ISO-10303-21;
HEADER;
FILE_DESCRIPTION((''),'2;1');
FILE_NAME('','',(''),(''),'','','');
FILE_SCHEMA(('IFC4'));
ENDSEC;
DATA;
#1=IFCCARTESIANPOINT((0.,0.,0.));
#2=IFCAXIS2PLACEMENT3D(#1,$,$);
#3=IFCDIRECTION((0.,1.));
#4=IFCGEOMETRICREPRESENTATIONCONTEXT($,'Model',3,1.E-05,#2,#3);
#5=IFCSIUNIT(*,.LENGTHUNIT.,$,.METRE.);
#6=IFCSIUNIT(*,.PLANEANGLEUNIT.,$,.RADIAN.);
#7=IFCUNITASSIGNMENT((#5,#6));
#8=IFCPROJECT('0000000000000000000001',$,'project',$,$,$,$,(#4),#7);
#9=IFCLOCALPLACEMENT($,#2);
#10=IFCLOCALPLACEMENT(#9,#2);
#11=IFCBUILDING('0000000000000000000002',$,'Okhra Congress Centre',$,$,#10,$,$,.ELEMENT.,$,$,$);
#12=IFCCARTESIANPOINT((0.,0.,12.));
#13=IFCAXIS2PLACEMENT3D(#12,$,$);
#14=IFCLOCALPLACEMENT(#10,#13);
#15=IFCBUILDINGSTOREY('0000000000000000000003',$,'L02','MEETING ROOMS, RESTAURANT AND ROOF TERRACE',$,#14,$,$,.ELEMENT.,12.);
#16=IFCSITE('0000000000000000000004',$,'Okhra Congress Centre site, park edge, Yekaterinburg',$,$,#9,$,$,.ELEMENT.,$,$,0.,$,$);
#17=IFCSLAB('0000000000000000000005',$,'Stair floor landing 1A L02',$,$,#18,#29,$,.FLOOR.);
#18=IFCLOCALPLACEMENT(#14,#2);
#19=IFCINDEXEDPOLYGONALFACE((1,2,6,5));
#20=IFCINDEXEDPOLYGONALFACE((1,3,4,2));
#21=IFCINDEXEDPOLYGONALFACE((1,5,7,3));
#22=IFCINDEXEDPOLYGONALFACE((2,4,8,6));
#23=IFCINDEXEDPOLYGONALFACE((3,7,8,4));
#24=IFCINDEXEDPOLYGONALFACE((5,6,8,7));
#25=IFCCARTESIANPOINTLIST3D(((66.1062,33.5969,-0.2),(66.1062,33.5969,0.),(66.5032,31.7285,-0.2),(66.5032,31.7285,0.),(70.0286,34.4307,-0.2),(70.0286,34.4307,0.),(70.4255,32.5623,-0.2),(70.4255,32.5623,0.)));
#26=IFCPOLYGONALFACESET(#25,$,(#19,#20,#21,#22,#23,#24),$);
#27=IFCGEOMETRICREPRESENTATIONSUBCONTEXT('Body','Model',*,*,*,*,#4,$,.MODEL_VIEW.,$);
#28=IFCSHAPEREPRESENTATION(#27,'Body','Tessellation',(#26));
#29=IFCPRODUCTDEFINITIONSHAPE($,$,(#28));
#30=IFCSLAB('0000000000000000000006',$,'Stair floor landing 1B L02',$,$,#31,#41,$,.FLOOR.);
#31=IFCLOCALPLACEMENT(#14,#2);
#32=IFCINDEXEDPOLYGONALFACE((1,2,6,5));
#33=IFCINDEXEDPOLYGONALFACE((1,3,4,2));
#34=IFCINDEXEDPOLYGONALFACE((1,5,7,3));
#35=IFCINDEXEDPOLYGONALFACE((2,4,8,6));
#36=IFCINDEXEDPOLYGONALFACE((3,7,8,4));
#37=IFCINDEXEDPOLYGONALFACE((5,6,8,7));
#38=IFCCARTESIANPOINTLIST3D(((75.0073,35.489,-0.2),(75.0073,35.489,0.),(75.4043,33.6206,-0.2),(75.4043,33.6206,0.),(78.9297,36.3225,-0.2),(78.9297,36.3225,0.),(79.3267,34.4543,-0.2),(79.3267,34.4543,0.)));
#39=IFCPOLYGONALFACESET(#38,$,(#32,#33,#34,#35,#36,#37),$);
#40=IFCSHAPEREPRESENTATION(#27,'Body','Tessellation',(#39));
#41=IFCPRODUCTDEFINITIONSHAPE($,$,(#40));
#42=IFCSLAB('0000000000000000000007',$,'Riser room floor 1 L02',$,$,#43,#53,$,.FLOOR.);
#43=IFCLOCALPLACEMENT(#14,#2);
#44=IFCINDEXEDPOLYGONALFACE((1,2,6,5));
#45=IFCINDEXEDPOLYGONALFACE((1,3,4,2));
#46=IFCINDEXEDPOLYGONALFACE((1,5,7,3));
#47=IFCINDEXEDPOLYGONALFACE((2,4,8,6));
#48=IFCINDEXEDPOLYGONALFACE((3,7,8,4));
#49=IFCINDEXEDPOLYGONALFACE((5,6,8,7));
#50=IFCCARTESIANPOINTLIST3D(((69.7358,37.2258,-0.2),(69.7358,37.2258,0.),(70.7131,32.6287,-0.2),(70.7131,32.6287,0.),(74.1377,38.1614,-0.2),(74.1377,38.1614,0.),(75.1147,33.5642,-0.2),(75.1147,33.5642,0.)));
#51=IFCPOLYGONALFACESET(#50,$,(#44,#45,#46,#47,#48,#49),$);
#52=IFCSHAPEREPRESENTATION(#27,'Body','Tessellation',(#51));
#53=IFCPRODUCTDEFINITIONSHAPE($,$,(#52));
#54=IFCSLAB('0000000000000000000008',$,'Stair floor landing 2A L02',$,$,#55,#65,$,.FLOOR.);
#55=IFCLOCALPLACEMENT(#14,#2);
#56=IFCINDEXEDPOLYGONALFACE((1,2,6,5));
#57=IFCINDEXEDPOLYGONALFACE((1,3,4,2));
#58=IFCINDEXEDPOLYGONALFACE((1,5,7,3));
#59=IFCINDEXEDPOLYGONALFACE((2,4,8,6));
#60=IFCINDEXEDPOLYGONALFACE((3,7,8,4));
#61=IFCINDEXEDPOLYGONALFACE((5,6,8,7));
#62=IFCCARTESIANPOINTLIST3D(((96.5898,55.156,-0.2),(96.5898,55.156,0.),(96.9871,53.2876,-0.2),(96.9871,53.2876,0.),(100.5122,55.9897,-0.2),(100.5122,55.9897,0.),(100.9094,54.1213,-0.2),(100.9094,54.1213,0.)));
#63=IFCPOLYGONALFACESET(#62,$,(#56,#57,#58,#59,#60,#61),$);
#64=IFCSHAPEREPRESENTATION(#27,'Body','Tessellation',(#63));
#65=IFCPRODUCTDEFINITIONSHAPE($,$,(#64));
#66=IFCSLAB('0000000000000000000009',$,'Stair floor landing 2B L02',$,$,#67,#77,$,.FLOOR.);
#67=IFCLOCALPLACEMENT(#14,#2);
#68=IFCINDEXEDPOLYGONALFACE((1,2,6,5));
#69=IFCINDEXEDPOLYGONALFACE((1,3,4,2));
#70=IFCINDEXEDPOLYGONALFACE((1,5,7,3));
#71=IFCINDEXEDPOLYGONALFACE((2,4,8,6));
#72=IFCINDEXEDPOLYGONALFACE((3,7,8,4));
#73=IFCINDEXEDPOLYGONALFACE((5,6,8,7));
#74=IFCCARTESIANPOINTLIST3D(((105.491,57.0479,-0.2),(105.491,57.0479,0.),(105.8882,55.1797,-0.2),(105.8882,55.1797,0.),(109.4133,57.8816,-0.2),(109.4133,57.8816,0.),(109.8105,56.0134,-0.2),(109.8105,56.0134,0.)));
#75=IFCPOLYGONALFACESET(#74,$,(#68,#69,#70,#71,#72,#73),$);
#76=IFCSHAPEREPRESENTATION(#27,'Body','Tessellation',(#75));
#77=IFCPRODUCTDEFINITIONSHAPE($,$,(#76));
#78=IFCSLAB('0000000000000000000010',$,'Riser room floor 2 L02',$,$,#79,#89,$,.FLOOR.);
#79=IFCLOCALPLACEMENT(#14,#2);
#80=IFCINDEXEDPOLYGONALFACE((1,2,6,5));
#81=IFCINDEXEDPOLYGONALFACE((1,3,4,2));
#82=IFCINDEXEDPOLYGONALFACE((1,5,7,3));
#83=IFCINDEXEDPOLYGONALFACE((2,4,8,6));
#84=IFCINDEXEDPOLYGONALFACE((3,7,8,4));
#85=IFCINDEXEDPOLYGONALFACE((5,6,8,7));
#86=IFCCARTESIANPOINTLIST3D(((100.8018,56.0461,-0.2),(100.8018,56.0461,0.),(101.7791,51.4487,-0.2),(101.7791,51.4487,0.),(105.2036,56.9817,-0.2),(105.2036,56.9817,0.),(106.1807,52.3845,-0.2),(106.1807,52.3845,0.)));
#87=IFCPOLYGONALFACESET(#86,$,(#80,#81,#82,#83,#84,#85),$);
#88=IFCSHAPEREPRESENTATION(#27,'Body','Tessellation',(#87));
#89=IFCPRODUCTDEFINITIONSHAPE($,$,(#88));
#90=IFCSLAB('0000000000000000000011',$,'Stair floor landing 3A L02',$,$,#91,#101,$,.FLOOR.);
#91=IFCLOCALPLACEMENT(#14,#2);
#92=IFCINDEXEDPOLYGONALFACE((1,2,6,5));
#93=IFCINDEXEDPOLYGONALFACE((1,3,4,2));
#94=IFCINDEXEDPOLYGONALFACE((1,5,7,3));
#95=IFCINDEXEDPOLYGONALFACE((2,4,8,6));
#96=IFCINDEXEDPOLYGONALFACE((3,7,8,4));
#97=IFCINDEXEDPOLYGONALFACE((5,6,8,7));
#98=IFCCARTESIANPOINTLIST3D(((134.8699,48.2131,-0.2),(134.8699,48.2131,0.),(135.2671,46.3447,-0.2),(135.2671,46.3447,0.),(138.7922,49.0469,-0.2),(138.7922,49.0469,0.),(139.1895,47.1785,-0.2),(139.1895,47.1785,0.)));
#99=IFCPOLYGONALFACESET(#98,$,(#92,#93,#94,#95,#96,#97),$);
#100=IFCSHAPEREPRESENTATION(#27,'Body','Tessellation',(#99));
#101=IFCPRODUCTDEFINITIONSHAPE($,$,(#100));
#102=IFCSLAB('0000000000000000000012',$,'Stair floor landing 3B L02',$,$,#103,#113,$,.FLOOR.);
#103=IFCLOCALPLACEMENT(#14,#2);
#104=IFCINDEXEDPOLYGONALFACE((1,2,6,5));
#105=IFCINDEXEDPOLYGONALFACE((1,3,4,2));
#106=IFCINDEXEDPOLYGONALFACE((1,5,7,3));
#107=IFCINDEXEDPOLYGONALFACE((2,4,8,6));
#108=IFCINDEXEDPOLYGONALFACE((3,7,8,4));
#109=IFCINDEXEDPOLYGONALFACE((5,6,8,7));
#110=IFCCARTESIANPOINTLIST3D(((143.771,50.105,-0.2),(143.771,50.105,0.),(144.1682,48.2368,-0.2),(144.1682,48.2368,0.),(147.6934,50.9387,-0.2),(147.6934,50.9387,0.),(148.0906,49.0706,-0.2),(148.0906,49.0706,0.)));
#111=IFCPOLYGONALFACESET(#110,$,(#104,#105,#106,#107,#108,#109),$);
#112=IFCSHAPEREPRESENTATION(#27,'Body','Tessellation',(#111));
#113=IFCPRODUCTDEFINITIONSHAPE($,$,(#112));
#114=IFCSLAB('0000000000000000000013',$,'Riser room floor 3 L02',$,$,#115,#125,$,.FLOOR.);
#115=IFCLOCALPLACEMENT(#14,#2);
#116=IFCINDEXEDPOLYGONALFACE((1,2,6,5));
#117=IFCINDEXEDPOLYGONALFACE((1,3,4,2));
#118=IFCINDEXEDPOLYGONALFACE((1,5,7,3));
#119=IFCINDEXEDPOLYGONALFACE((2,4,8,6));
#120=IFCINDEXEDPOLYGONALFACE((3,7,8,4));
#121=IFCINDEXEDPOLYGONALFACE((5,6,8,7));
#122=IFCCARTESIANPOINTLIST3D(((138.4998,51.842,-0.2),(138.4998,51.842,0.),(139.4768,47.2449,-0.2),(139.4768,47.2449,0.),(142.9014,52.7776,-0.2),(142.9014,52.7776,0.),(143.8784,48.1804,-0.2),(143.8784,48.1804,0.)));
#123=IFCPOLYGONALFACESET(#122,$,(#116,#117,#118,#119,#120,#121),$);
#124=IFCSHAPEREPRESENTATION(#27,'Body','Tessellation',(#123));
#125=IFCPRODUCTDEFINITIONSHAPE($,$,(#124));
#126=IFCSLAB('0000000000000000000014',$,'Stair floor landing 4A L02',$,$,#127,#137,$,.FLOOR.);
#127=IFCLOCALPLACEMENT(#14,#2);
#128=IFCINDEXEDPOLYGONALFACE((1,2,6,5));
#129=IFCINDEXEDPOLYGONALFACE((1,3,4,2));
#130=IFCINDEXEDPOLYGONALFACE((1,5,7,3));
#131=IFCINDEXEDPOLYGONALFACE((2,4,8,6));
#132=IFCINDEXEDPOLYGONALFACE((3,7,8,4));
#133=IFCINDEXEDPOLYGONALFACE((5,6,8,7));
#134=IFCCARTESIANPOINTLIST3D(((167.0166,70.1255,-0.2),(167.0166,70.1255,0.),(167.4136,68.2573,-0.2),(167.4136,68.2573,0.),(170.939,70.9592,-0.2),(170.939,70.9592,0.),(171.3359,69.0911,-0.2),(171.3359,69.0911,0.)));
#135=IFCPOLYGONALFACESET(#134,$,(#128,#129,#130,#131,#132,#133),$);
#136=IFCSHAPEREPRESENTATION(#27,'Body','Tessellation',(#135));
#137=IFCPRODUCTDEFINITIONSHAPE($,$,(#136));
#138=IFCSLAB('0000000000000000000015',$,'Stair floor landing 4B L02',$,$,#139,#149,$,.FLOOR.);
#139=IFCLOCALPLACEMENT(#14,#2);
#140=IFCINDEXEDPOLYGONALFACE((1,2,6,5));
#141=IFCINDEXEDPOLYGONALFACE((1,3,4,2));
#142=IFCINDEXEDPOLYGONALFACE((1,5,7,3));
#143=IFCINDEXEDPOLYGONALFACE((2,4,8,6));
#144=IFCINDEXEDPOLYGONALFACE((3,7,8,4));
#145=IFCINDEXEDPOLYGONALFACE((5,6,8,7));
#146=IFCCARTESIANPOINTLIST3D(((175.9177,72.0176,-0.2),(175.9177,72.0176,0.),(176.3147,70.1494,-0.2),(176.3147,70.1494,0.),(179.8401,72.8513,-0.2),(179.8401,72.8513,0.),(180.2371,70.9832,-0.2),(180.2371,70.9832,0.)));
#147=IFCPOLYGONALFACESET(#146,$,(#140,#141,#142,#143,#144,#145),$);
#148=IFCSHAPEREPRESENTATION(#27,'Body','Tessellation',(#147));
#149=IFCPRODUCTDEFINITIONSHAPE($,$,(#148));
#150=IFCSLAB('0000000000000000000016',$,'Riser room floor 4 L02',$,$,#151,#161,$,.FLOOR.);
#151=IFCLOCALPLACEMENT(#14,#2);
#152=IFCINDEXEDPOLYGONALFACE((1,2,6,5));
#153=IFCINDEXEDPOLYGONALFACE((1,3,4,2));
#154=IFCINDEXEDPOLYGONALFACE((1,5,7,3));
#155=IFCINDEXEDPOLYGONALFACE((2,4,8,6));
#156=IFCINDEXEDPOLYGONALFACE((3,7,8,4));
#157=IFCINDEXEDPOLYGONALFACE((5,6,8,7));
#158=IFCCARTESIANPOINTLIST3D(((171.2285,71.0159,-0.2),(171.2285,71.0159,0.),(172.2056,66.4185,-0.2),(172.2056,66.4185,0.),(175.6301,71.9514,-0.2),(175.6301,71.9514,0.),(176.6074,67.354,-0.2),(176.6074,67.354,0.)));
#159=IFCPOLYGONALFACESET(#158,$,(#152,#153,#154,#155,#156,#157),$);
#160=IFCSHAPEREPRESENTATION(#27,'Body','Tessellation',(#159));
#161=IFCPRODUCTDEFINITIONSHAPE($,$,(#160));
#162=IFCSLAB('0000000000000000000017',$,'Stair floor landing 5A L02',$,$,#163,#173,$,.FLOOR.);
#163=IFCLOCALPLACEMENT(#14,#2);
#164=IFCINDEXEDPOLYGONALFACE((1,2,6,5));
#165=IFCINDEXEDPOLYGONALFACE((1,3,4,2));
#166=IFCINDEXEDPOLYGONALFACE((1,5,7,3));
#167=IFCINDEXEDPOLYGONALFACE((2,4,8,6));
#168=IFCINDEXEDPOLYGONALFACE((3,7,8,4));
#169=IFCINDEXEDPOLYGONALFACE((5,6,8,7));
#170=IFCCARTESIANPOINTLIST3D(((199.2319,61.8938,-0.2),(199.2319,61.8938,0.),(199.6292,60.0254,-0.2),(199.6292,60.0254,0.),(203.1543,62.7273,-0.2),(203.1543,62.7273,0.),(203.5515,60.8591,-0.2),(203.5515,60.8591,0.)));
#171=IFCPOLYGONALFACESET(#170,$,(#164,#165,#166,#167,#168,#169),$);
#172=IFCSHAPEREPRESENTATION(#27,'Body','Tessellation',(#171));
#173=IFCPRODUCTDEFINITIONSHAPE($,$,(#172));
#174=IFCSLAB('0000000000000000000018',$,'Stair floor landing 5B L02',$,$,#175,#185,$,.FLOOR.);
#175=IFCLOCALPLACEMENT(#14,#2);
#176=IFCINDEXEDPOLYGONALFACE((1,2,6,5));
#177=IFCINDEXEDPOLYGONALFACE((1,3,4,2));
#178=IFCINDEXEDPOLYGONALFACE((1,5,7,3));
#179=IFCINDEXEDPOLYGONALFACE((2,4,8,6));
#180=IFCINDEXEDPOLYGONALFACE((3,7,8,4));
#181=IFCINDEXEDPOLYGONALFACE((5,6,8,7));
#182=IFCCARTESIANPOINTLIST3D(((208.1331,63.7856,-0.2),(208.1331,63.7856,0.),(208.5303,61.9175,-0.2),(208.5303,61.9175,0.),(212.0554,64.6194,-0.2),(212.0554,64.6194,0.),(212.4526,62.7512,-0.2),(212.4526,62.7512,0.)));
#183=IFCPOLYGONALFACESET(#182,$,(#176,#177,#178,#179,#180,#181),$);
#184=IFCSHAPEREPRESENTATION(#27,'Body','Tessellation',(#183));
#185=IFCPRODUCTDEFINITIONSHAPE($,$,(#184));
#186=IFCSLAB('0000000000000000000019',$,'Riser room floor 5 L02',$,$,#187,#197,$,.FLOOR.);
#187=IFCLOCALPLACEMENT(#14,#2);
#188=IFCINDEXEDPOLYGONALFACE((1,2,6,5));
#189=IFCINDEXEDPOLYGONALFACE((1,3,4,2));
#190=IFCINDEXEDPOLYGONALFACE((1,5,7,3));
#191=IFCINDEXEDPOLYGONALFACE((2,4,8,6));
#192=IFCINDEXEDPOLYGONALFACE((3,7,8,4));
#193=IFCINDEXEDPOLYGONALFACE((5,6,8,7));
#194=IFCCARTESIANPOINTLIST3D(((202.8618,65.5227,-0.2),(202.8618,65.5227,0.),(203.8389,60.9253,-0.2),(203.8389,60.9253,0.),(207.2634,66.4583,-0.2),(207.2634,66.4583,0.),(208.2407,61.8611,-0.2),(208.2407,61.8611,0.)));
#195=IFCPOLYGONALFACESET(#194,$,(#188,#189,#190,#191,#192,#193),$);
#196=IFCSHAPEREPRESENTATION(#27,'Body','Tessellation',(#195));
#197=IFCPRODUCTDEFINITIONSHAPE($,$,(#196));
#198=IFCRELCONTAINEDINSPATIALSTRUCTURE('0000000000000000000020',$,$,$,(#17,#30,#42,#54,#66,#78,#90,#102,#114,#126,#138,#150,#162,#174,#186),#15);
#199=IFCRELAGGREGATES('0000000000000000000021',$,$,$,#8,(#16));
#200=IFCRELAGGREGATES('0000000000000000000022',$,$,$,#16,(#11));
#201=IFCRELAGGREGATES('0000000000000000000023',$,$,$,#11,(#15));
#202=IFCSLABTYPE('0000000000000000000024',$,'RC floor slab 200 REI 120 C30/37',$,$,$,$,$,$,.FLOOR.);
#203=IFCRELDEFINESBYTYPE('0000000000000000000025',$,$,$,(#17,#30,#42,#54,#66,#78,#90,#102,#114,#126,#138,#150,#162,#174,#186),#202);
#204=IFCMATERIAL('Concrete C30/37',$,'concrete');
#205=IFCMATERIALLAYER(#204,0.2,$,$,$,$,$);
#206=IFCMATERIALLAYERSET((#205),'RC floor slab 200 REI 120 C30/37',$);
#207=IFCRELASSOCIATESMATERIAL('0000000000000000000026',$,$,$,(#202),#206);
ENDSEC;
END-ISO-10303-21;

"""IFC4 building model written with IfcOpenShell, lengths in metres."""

from ifc_helpers import new_model, si_unit, direction, frame, origin, place, context, subcontext, project, spatial, polyline, outline, extrude, material, layer, layer_set, type_object, element, save


model = new_model("IFC4")

# Units and contexts
model_context = context("Model", 3, precision=1e-05, world=origin(), true_north=direction((0.0, 1.0)))
body_context = subcontext(model_context, "Body", "Model", "MODEL_VIEW")
ifc_project = project(units=[si_unit("LENGTHUNIT", "METRE"), si_unit("PLANEANGLEUNIT", "RADIAN")], contexts=[model_context])

# Site, building, storey
site_placement = place(None, origin())
site = spatial("IfcSite", under=ifc_project, at=site_placement, Name="Okhra Congress Centre site, park edge, Yekaterinburg", CompositionType="ELEMENT", RefElevation=0.0)
building_placement = place(site_placement, origin())
building = spatial("IfcBuilding", under=site, at=building_placement, Name="Okhra Congress Centre", CompositionType="ELEMENT")
storey_placement = place(building_placement, frame((0.0, 0.0, 12.0)))
storey = spatial("IfcBuildingStorey", under=building, at=storey_placement, Name="L02", Description="MEETING ROOMS, RESTAURANT AND ROOF TERRACE", CompositionType="ELEMENT", Elevation=12.0)

# Slabs
ifc_material_1 = material(Name="Concrete C30/37", Category="concrete")
ifc_layer_1 = layer(ifc_material_1, 0.2)
ifc_layer_set_1 = layer_set([ifc_layer_1], Name="RC floor slab 200 REI 120 C30/37")
slab_type_1 = type_object("IfcSlabType", Name="RC floor slab 200 REI 120 C30/37", PredefinedType="FLOOR", material=ifc_layer_set_1)
slab_1_placement = place(storey_placement, frame((0.0, 0.0, -0.2)))
element("IfcSlab", 1, at=slab_1_placement, inside=storey, type_object=slab_type_1, Name="Stair floor landing 1A L02", PredefinedType="FLOOR", context=body_context, shape_type="SweptSolid", body=[
    extrude(outline(polyline([(70.4255, 32.5623), (66.5032, 31.7285), (66.1062, 33.5969), (70.0286, 34.4307), (70.4255, 32.5623)])), origin(), (0.0, 0.0, 1.0), 0.2),
])
slab_2_placement = place(storey_placement, frame((0.0, 0.0, -0.2)))
element("IfcSlab", 2, at=slab_2_placement, inside=storey, type_object=slab_type_1, Name="Stair floor landing 1B L02", PredefinedType="FLOOR", context=body_context, shape_type="SweptSolid", body=[
    extrude(outline(polyline([(79.3267, 34.4543), (75.4043, 33.6206), (75.0073, 35.489), (78.9297, 36.3225), (79.3267, 34.4543)])), origin(), (0.0, 0.0, 1.0), 0.2),
])
slab_3_placement = place(storey_placement, frame((0.0, 0.0, -0.2)))
element("IfcSlab", 3, at=slab_3_placement, inside=storey, type_object=slab_type_1, Name="Riser room floor 1 L02", PredefinedType="FLOOR", context=body_context, shape_type="SweptSolid", body=[
    extrude(outline(polyline([(70.7131, 32.6287), (75.1147, 33.5642), (74.1377, 38.1614), (69.7358, 37.2258), (70.7131, 32.6287)])), origin(), (0.0, 0.0, 1.0), 0.2),
])
slab_4_placement = place(storey_placement, frame((0.0, 0.0, -0.2)))
element("IfcSlab", 4, at=slab_4_placement, inside=storey, type_object=slab_type_1, Name="Stair floor landing 2A L02", PredefinedType="FLOOR", context=body_context, shape_type="SweptSolid", body=[
    extrude(outline(polyline([(96.5898, 55.156), (100.5122, 55.9897), (100.9094, 54.1213), (96.9871, 53.2876), (96.5898, 55.156)])), origin(), (0.0, 0.0, 1.0), 0.2),
])
slab_5_placement = place(storey_placement, frame((0.0, 0.0, -0.2)))
element("IfcSlab", 5, at=slab_5_placement, inside=storey, type_object=slab_type_1, Name="Stair floor landing 2B L02", PredefinedType="FLOOR", context=body_context, shape_type="SweptSolid", body=[
    extrude(outline(polyline([(105.491, 57.0479), (109.4133, 57.8816), (109.8105, 56.0134), (105.8882, 55.1797), (105.491, 57.0479)])), origin(), (0.0, 0.0, 1.0), 0.2),
])
slab_6_placement = place(storey_placement, frame((0.0, 0.0, -0.2)))
element("IfcSlab", 6, at=slab_6_placement, inside=storey, type_object=slab_type_1, Name="Riser room floor 2 L02", PredefinedType="FLOOR", context=body_context, shape_type="SweptSolid", body=[
    extrude(outline(polyline([(101.7791, 51.4487), (106.1807, 52.3845), (105.2036, 56.9817), (100.8018, 56.0461), (101.7791, 51.4487)])), origin(), (0.0, 0.0, 1.0), 0.2),
])
slab_7_placement = place(storey_placement, frame((0.0, 0.0, -0.2)))
element("IfcSlab", 7, at=slab_7_placement, inside=storey, type_object=slab_type_1, Name="Stair floor landing 3A L02", PredefinedType="FLOOR", context=body_context, shape_type="SweptSolid", body=[
    extrude(outline(polyline([(139.1895, 47.1785), (135.2671, 46.3447), (134.8699, 48.2131), (138.7922, 49.0469), (139.1895, 47.1785)])), origin(), (0.0, 0.0, 1.0), 0.2),
])
slab_8_placement = place(storey_placement, frame((0.0, 0.0, -0.2)))
element("IfcSlab", 8, at=slab_8_placement, inside=storey, type_object=slab_type_1, Name="Stair floor landing 3B L02", PredefinedType="FLOOR", context=body_context, shape_type="SweptSolid", body=[
    extrude(outline(polyline([(148.0906, 49.0706), (144.1682, 48.2368), (143.771, 50.105), (147.6934, 50.9387), (148.0906, 49.0706)])), origin(), (0.0, 0.0, 1.0), 0.2),
])
slab_9_placement = place(storey_placement, frame((0.0, 0.0, -0.2)))
element("IfcSlab", 9, at=slab_9_placement, inside=storey, type_object=slab_type_1, Name="Riser room floor 3 L02", PredefinedType="FLOOR", context=body_context, shape_type="SweptSolid", body=[
    extrude(outline(polyline([(139.4768, 47.2449), (143.8784, 48.1804), (142.9014, 52.7776), (138.4998, 51.842), (139.4768, 47.2449)])), origin(), (0.0, 0.0, 1.0), 0.2),
])
slab_10_placement = place(storey_placement, frame((0.0, 0.0, -0.2)))
element("IfcSlab", 10, at=slab_10_placement, inside=storey, type_object=slab_type_1, Name="Stair floor landing 4A L02", PredefinedType="FLOOR", context=body_context, shape_type="SweptSolid", body=[
    extrude(outline(polyline([(167.0166, 70.1255), (170.939, 70.9592), (171.3359, 69.0911), (167.4136, 68.2573), (167.0166, 70.1255)])), origin(), (0.0, 0.0, 1.0), 0.2),
])
slab_11_placement = place(storey_placement, frame((0.0, 0.0, -0.2)))
element("IfcSlab", 11, at=slab_11_placement, inside=storey, type_object=slab_type_1, Name="Stair floor landing 4B L02", PredefinedType="FLOOR", context=body_context, shape_type="SweptSolid", body=[
    extrude(outline(polyline([(175.9177, 72.0176), (179.8401, 72.8513), (180.2371, 70.9832), (176.3147, 70.1494), (175.9177, 72.0176)])), origin(), (0.0, 0.0, 1.0), 0.2),
])
slab_12_placement = place(storey_placement, frame((0.0, 0.0, -0.2)))
element("IfcSlab", 12, at=slab_12_placement, inside=storey, type_object=slab_type_1, Name="Riser room floor 4 L02", PredefinedType="FLOOR", context=body_context, shape_type="SweptSolid", body=[
    extrude(outline(polyline([(172.2056, 66.4185), (176.6074, 67.354), (175.6301, 71.9514), (171.2285, 71.0159), (172.2056, 66.4185)])), origin(), (0.0, 0.0, 1.0), 0.2),
])
slab_13_placement = place(storey_placement, frame((0.0, 0.0, -0.2)))
element("IfcSlab", 13, at=slab_13_placement, inside=storey, type_object=slab_type_1, Name="Stair floor landing 5A L02", PredefinedType="FLOOR", context=body_context, shape_type="SweptSolid", body=[
    extrude(outline(polyline([(203.5515, 60.8591), (199.6292, 60.0254), (199.2319, 61.8938), (203.1543, 62.7273), (203.5515, 60.8591)])), origin(), (0.0, 0.0, 1.0), 0.2),
])
slab_14_placement = place(storey_placement, frame((0.0, 0.0, -0.2)))
element("IfcSlab", 14, at=slab_14_placement, inside=storey, type_object=slab_type_1, Name="Stair floor landing 5B L02", PredefinedType="FLOOR", context=body_context, shape_type="SweptSolid", body=[
    extrude(outline(polyline([(212.4526, 62.7512), (208.5303, 61.9175), (208.1331, 63.7856), (212.0554, 64.6194), (212.4526, 62.7512)])), origin(), (0.0, 0.0, 1.0), 0.2),
])
slab_15_placement = place(storey_placement, frame((0.0, 0.0, -0.2)))
element("IfcSlab", 15, at=slab_15_placement, inside=storey, type_object=slab_type_1, Name="Riser room floor 5 L02", PredefinedType="FLOOR", context=body_context, shape_type="SweptSolid", body=[
    extrude(outline(polyline([(203.8389, 60.9253), (208.2407, 61.8611), (207.2634, 66.4583), (202.8618, 65.5227), (203.8389, 60.9253)])), origin(), (0.0, 0.0, 1.0), 0.2),
])

save(model, "model.ifc")
